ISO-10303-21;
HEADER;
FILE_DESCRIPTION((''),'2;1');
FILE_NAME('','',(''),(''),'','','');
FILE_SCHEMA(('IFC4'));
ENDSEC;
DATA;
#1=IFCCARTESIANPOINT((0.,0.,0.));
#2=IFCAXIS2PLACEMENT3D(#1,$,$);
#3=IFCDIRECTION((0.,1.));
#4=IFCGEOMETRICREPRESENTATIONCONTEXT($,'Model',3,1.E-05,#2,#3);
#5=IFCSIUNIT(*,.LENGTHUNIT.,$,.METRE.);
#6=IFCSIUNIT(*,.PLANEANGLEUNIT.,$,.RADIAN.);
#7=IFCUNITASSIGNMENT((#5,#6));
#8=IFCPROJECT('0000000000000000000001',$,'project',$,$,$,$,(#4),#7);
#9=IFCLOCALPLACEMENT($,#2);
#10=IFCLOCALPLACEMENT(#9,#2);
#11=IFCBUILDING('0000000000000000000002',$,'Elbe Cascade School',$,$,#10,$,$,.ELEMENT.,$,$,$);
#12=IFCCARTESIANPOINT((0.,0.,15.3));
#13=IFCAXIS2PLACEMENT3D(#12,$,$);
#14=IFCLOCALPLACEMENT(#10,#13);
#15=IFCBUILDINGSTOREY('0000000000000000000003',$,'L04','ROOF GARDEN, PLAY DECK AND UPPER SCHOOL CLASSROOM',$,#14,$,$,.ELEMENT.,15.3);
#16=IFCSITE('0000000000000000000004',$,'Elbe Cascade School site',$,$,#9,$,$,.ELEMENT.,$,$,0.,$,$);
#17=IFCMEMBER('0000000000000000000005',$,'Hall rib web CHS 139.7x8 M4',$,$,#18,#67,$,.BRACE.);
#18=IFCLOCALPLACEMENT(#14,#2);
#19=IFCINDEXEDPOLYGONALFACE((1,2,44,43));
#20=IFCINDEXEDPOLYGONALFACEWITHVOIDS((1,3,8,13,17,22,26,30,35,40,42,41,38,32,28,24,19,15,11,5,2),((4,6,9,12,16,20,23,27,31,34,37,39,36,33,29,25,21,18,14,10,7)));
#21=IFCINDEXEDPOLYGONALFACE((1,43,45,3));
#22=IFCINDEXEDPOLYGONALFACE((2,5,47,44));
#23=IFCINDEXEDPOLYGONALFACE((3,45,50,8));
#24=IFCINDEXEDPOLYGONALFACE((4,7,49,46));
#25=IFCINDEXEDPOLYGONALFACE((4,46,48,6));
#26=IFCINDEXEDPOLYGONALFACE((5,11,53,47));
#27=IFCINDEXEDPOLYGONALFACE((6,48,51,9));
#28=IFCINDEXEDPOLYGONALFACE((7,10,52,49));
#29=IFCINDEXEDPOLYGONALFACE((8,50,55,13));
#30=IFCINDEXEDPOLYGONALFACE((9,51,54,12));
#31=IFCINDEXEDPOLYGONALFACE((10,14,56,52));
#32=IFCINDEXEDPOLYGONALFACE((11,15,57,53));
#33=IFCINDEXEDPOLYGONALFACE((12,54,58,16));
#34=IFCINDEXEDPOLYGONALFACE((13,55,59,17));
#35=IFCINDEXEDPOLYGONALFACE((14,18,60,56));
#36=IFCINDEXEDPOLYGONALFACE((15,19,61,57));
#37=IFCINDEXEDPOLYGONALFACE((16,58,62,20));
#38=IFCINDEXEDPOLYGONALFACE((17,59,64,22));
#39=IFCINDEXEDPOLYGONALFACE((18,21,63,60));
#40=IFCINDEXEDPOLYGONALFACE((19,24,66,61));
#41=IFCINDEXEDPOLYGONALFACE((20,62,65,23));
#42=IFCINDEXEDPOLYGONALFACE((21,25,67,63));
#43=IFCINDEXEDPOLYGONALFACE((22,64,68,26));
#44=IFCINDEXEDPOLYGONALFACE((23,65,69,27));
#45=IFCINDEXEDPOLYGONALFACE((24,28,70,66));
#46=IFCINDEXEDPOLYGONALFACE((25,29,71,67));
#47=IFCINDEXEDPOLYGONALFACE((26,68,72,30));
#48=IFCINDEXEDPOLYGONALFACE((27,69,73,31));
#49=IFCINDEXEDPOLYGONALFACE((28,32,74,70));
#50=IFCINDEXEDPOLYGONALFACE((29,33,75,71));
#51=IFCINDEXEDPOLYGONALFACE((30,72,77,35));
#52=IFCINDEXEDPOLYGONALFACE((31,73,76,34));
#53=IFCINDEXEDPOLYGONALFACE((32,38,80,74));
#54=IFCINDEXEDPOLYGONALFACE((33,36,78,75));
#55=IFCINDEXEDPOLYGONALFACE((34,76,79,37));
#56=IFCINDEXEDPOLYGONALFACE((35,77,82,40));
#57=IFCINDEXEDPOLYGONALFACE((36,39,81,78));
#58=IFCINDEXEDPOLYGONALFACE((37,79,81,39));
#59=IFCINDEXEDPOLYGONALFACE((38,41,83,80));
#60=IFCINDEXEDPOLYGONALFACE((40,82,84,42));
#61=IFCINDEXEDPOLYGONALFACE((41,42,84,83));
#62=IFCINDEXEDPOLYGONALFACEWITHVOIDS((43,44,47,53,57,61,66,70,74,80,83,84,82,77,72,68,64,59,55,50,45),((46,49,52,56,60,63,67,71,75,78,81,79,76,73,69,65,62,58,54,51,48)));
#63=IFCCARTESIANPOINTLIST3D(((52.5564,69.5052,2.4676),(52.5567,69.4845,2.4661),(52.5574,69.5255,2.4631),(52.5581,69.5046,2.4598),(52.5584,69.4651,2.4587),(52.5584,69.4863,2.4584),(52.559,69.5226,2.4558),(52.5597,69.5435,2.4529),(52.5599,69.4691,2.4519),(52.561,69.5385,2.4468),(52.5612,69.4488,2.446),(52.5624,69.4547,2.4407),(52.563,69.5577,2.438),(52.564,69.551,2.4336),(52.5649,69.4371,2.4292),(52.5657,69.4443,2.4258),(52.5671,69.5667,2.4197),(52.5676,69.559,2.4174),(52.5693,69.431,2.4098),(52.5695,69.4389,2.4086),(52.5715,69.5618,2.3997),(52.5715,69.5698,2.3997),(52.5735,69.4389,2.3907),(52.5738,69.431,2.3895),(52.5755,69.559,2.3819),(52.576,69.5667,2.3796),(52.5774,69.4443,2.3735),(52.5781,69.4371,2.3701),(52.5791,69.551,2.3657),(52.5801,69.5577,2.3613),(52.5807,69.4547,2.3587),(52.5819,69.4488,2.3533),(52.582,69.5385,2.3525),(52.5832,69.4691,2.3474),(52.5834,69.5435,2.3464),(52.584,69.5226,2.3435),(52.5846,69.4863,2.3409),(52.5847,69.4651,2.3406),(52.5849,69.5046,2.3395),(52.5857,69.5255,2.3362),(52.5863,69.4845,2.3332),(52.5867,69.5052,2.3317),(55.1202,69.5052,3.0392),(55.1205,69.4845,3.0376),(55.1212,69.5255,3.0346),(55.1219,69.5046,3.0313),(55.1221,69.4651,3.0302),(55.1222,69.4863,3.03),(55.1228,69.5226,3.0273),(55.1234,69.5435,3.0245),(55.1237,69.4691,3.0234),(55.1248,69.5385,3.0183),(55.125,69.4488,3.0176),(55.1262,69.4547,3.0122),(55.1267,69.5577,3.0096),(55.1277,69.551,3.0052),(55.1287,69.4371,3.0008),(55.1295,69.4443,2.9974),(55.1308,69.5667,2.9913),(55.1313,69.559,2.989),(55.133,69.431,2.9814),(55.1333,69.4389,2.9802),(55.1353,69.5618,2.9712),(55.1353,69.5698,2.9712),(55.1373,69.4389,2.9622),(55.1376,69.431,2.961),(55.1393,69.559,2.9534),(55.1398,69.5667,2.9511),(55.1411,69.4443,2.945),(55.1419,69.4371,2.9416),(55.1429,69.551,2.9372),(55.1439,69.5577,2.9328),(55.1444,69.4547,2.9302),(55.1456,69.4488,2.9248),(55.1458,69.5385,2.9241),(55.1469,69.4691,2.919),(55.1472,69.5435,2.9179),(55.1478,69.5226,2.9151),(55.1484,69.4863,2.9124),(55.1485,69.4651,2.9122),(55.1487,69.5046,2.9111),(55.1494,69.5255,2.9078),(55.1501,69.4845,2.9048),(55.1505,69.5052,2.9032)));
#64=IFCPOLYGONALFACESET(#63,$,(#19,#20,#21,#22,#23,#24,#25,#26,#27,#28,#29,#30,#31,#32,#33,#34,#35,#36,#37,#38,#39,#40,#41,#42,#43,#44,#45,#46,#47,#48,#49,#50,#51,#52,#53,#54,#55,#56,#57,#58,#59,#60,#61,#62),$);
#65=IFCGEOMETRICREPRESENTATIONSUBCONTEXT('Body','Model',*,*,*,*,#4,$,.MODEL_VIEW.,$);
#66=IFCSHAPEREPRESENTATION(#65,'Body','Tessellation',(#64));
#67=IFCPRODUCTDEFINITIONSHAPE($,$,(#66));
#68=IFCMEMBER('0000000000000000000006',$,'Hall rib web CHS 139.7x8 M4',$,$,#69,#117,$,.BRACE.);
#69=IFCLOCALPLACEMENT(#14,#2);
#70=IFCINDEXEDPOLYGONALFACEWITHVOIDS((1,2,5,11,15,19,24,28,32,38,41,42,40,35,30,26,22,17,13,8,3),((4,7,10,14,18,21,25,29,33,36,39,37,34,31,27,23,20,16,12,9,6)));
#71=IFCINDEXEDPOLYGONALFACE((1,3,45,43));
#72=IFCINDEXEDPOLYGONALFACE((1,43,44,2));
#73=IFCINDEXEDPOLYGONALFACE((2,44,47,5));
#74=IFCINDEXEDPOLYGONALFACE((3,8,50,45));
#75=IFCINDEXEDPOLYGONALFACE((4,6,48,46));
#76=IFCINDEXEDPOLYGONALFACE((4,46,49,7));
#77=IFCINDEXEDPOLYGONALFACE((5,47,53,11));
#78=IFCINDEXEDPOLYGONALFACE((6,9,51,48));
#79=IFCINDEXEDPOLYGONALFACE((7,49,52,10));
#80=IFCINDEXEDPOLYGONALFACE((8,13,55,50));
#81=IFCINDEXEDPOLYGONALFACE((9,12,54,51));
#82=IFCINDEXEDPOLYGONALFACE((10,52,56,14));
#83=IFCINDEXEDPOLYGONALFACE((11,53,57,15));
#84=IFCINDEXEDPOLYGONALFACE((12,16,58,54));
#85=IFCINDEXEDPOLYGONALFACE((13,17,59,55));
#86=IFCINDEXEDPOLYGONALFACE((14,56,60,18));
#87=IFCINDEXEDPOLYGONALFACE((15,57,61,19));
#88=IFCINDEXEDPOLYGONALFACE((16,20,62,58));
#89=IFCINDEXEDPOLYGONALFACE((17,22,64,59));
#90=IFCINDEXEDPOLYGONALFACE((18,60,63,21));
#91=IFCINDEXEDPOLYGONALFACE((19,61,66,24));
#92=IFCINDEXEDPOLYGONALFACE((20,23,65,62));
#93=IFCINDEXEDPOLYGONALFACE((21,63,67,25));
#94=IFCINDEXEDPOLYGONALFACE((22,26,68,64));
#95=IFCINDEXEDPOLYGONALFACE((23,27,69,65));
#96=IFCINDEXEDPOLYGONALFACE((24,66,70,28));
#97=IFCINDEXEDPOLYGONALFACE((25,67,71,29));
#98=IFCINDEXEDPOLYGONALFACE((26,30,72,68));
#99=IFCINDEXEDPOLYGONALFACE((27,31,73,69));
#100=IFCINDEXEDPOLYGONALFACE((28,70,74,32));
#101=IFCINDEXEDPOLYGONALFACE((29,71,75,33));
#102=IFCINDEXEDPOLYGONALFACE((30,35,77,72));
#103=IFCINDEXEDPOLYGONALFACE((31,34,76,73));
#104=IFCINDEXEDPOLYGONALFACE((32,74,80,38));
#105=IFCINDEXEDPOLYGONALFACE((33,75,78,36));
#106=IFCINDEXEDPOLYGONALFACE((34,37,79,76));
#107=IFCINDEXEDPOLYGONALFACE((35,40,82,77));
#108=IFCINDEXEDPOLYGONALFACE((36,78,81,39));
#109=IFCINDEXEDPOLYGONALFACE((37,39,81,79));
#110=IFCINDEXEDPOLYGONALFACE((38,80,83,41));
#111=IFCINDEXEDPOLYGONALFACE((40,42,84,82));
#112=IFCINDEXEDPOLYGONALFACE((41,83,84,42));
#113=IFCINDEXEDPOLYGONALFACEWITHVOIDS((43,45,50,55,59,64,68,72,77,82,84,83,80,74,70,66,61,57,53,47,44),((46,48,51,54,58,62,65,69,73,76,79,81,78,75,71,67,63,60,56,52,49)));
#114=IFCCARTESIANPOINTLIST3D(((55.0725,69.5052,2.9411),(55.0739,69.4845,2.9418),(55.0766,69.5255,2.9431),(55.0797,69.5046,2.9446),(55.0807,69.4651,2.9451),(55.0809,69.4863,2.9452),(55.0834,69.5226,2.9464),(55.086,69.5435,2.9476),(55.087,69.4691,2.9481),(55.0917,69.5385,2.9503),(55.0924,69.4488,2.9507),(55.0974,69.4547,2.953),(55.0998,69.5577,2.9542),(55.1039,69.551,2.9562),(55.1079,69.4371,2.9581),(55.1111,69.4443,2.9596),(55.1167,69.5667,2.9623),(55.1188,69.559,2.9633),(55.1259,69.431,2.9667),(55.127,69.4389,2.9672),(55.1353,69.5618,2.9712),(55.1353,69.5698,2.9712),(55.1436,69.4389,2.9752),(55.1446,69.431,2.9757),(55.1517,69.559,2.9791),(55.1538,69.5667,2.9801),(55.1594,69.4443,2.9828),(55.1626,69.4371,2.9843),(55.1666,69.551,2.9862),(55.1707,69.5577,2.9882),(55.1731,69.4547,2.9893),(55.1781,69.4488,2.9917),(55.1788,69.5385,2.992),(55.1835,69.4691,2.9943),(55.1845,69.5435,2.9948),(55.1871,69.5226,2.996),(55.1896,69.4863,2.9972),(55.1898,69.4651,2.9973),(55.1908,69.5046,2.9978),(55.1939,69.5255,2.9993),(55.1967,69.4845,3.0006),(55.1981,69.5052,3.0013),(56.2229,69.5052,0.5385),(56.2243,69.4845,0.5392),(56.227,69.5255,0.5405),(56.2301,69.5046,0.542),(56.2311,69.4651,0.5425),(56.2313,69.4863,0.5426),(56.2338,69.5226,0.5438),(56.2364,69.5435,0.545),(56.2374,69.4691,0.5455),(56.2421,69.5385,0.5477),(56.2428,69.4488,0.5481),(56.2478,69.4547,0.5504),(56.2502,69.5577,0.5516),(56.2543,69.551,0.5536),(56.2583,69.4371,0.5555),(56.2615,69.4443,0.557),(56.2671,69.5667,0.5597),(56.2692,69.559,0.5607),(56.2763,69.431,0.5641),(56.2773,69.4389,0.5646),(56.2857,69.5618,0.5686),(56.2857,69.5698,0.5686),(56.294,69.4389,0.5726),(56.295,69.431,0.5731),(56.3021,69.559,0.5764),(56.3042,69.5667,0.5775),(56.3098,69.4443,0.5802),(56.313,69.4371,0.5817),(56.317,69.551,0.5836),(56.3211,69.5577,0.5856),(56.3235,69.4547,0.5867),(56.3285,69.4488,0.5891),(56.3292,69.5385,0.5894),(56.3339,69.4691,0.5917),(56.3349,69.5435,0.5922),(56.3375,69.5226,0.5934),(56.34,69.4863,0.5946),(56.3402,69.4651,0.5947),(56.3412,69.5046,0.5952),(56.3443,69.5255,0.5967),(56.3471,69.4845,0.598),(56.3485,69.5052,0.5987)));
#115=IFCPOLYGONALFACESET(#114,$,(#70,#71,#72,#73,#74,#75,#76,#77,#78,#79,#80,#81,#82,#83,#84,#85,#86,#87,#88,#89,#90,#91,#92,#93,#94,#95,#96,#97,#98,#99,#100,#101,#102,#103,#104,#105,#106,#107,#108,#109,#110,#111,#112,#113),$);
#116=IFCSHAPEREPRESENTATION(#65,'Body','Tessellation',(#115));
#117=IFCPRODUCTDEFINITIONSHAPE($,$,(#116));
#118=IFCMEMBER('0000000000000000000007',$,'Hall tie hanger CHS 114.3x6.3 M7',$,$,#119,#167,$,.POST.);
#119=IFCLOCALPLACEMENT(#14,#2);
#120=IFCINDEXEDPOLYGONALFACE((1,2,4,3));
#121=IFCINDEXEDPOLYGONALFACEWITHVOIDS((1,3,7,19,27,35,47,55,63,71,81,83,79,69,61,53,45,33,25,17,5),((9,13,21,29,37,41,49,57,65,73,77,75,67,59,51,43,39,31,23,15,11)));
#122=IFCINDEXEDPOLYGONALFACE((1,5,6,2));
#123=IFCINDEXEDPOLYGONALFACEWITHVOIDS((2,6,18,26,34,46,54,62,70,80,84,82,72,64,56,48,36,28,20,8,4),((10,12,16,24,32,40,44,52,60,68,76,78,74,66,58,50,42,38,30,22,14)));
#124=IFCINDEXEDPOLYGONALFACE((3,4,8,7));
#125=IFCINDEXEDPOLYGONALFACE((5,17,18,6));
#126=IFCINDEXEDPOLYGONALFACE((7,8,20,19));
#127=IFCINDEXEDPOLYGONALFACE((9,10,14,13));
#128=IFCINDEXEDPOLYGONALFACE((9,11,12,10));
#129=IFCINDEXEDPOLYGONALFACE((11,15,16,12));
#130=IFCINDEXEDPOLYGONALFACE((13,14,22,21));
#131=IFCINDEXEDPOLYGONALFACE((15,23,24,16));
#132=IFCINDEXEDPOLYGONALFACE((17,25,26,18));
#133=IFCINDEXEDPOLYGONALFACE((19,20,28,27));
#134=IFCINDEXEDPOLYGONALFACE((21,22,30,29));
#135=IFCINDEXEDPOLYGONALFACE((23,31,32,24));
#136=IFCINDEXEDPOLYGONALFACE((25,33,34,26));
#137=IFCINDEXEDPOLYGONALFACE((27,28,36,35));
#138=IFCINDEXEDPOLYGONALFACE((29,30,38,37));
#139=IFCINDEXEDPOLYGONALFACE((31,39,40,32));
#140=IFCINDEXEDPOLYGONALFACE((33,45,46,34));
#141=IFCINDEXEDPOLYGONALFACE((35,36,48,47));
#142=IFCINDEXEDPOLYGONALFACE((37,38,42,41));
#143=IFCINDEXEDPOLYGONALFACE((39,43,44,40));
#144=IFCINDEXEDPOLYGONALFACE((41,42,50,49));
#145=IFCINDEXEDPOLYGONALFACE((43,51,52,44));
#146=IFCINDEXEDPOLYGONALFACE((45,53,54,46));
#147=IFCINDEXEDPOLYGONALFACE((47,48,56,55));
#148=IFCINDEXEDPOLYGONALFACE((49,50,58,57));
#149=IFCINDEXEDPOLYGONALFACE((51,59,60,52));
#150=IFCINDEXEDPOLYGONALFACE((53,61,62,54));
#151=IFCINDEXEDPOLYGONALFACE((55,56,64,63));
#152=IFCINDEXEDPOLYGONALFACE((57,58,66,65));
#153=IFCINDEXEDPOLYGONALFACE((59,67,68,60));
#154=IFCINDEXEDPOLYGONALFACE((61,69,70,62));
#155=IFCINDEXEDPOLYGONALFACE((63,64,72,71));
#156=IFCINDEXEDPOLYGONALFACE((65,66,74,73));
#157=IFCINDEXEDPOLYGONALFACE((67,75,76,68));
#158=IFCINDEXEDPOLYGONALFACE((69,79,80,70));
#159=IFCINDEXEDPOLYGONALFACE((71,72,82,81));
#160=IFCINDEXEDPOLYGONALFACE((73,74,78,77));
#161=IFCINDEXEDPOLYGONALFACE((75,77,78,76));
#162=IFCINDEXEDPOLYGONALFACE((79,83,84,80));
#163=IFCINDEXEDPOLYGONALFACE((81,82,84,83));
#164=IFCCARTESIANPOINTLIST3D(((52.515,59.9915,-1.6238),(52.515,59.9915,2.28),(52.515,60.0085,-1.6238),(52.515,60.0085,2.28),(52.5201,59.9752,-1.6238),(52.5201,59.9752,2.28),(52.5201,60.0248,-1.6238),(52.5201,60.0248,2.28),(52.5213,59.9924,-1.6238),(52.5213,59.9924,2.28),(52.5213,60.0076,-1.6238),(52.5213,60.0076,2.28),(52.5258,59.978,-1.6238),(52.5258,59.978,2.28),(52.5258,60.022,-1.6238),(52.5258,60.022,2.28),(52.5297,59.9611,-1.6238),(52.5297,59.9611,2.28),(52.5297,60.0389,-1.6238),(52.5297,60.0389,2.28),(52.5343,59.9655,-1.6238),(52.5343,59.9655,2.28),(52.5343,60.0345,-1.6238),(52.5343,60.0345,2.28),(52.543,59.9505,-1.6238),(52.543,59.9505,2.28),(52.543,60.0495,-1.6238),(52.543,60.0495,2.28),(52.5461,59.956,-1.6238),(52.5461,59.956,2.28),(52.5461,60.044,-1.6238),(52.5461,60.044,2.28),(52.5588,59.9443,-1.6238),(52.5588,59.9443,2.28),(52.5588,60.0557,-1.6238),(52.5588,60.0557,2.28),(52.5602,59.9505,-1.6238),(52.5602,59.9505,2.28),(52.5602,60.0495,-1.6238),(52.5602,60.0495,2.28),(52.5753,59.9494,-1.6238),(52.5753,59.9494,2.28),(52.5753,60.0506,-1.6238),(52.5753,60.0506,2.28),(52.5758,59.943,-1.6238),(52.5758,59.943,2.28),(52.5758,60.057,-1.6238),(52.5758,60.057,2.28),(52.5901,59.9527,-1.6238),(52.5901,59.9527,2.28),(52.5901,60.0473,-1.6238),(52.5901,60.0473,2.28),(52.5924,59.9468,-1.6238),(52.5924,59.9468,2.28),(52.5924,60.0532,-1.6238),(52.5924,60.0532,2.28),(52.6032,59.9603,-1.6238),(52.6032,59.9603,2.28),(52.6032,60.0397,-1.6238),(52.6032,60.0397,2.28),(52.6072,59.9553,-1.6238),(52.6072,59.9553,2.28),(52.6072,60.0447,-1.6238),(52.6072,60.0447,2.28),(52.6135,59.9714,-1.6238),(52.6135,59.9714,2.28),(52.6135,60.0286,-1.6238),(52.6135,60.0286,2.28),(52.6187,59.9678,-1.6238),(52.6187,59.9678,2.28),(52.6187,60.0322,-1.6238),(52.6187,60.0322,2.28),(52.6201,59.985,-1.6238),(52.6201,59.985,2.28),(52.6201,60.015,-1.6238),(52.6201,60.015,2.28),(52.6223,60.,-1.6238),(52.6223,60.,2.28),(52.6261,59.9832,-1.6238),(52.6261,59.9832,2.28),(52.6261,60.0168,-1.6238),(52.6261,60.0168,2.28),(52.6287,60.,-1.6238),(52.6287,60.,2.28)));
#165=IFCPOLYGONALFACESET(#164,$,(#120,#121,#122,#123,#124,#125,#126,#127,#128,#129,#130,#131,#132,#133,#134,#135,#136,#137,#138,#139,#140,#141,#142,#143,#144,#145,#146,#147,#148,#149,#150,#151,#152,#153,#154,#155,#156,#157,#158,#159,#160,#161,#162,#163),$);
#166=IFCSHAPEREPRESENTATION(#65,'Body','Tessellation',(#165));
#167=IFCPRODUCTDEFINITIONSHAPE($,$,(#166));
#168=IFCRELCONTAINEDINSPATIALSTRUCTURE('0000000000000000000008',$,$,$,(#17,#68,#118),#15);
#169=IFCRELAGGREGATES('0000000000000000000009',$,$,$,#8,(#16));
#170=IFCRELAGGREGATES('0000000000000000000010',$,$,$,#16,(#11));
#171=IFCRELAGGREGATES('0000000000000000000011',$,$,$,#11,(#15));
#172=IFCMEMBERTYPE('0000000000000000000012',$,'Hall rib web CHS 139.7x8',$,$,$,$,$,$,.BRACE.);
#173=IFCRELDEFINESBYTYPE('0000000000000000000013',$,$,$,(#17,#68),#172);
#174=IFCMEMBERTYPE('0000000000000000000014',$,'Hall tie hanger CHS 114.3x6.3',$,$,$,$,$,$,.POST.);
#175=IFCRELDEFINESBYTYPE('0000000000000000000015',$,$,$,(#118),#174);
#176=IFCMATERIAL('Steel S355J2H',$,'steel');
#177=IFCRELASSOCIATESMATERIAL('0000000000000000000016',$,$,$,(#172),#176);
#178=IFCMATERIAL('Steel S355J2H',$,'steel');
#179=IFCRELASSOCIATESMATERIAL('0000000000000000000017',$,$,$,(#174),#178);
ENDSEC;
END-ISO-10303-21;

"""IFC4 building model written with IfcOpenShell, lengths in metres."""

from ifc_helpers import new_model, si_unit, direction, frame, origin, origin_2d, place, context, subcontext, project, spatial, hollow_circle, extrude, material, material_profile, profile_set, type_object, element, save


model = new_model("IFC4")

# Units and contexts
model_context = context("Model", 3, precision=1e-05, world=origin(), true_north=direction((0.0, 1.0)))
body_context = subcontext(model_context, "Body", "Model", "MODEL_VIEW")
ifc_project = project(units=[si_unit("LENGTHUNIT", "METRE"), si_unit("PLANEANGLEUNIT", "RADIAN")], contexts=[model_context])

# Site, building, storey
site_placement = place(None, origin())
site = spatial("IfcSite", under=ifc_project, at=site_placement, Name="Elbe Cascade School site", CompositionType="ELEMENT", RefElevation=0.0)
building_placement = place(site_placement, origin())
building = spatial("IfcBuilding", under=site, at=building_placement, Name="Elbe Cascade School", CompositionType="ELEMENT")
storey_placement = place(building_placement, frame((0.0, 0.0, 15.3)))
storey = spatial("IfcBuildingStorey", under=building, at=storey_placement, Name="L04", Description="ROOF GARDEN, PLAY DECK AND UPPER SCHOOL CLASSROOM", CompositionType="ELEMENT", Elevation=15.3)

# Members
ifc_material_1 = material(Name="Steel S355J2H", Category="steel")
ifc_material_profile_1 = material_profile(ifc_material_1, hollow_circle(Radius=0.0698, WallThickness=0.0081, at=origin_2d()), Name="CHS 139.7x8")
ifc_profile_set_1 = profile_set([ifc_material_profile_1], Name="Steel S355J2H")
member_type_1 = type_object("IfcMemberType", Name="Hall rib web CHS 139.7x8", PredefinedType="BRACE", material=ifc_profile_set_1)
member_1_placement = place(storey_placement, frame((52.5715, 69.5, 2.3997), z_axis=(0.97604, 0.0, 0.21759), x_axis=(0.0, 1.0, 0.0)))
element("IfcMember", 1, at=member_1_placement, inside=storey, type_object=member_type_1, Name="Hall rib web CHS 139.7x8 M4", PredefinedType="BRACE", context=body_context, shape_type="SweptSolid", body=[
    extrude(hollow_circle(Radius=0.0698, WallThickness=0.0081, at=origin_2d()), origin(), (0.0, 0.0, 1.0), 2.6267),
])
member_2_placement = place(storey_placement, frame((55.1353, 69.5, 2.9712), z_axis=(0.431861, 0.0, -0.90194), x_axis=(0.0, 1.0, 0.0)))
element("IfcMember", 2, at=member_2_placement, inside=storey, type_object=member_type_1, Name="Hall rib web CHS 139.7x8 M4", PredefinedType="BRACE", context=body_context, shape_type="SweptSolid", body=[
    extrude(hollow_circle(Radius=0.0698, WallThickness=0.0081, at=origin_2d()), origin(), (0.0, 0.0, 1.0), 2.6638),
])
ifc_material_2 = material(Name="Steel S355J2H", Category="steel")
ifc_material_profile_2 = material_profile(ifc_material_2, hollow_circle(Radius=0.0571, WallThickness=0.0063, at=origin_2d()), Name="CHS 114.3x6.3")
ifc_profile_set_2 = profile_set([ifc_material_profile_2], Name="Steel S355J2H")
member_type_2 = type_object("IfcMemberType", Name="Hall tie hanger CHS 114.3x6.3", PredefinedType="POST", material=ifc_profile_set_2)
for number, where, z_axis, x_axis, name in (
    (3, (52.5715, 60.0, -1.6238), (0.0, 0.0, 1.0), (1.0, 0.0, 0.0), "Hall tie hanger CHS 114.3x6.3 M7"),
):
    element("IfcMember", number, at=place(storey_placement, frame(where, z_axis=z_axis, x_axis=x_axis)), inside=storey, type_object=member_type_2, Name=name, PredefinedType="POST", context=body_context, shape_type="SweptSolid", body=[
        extrude(hollow_circle(Radius=0.0571, WallThickness=0.0063, at=origin_2d()), origin(), (0.0, 0.0, 1.0), 3.9038),
    ])

save(model, "model.ifc")
